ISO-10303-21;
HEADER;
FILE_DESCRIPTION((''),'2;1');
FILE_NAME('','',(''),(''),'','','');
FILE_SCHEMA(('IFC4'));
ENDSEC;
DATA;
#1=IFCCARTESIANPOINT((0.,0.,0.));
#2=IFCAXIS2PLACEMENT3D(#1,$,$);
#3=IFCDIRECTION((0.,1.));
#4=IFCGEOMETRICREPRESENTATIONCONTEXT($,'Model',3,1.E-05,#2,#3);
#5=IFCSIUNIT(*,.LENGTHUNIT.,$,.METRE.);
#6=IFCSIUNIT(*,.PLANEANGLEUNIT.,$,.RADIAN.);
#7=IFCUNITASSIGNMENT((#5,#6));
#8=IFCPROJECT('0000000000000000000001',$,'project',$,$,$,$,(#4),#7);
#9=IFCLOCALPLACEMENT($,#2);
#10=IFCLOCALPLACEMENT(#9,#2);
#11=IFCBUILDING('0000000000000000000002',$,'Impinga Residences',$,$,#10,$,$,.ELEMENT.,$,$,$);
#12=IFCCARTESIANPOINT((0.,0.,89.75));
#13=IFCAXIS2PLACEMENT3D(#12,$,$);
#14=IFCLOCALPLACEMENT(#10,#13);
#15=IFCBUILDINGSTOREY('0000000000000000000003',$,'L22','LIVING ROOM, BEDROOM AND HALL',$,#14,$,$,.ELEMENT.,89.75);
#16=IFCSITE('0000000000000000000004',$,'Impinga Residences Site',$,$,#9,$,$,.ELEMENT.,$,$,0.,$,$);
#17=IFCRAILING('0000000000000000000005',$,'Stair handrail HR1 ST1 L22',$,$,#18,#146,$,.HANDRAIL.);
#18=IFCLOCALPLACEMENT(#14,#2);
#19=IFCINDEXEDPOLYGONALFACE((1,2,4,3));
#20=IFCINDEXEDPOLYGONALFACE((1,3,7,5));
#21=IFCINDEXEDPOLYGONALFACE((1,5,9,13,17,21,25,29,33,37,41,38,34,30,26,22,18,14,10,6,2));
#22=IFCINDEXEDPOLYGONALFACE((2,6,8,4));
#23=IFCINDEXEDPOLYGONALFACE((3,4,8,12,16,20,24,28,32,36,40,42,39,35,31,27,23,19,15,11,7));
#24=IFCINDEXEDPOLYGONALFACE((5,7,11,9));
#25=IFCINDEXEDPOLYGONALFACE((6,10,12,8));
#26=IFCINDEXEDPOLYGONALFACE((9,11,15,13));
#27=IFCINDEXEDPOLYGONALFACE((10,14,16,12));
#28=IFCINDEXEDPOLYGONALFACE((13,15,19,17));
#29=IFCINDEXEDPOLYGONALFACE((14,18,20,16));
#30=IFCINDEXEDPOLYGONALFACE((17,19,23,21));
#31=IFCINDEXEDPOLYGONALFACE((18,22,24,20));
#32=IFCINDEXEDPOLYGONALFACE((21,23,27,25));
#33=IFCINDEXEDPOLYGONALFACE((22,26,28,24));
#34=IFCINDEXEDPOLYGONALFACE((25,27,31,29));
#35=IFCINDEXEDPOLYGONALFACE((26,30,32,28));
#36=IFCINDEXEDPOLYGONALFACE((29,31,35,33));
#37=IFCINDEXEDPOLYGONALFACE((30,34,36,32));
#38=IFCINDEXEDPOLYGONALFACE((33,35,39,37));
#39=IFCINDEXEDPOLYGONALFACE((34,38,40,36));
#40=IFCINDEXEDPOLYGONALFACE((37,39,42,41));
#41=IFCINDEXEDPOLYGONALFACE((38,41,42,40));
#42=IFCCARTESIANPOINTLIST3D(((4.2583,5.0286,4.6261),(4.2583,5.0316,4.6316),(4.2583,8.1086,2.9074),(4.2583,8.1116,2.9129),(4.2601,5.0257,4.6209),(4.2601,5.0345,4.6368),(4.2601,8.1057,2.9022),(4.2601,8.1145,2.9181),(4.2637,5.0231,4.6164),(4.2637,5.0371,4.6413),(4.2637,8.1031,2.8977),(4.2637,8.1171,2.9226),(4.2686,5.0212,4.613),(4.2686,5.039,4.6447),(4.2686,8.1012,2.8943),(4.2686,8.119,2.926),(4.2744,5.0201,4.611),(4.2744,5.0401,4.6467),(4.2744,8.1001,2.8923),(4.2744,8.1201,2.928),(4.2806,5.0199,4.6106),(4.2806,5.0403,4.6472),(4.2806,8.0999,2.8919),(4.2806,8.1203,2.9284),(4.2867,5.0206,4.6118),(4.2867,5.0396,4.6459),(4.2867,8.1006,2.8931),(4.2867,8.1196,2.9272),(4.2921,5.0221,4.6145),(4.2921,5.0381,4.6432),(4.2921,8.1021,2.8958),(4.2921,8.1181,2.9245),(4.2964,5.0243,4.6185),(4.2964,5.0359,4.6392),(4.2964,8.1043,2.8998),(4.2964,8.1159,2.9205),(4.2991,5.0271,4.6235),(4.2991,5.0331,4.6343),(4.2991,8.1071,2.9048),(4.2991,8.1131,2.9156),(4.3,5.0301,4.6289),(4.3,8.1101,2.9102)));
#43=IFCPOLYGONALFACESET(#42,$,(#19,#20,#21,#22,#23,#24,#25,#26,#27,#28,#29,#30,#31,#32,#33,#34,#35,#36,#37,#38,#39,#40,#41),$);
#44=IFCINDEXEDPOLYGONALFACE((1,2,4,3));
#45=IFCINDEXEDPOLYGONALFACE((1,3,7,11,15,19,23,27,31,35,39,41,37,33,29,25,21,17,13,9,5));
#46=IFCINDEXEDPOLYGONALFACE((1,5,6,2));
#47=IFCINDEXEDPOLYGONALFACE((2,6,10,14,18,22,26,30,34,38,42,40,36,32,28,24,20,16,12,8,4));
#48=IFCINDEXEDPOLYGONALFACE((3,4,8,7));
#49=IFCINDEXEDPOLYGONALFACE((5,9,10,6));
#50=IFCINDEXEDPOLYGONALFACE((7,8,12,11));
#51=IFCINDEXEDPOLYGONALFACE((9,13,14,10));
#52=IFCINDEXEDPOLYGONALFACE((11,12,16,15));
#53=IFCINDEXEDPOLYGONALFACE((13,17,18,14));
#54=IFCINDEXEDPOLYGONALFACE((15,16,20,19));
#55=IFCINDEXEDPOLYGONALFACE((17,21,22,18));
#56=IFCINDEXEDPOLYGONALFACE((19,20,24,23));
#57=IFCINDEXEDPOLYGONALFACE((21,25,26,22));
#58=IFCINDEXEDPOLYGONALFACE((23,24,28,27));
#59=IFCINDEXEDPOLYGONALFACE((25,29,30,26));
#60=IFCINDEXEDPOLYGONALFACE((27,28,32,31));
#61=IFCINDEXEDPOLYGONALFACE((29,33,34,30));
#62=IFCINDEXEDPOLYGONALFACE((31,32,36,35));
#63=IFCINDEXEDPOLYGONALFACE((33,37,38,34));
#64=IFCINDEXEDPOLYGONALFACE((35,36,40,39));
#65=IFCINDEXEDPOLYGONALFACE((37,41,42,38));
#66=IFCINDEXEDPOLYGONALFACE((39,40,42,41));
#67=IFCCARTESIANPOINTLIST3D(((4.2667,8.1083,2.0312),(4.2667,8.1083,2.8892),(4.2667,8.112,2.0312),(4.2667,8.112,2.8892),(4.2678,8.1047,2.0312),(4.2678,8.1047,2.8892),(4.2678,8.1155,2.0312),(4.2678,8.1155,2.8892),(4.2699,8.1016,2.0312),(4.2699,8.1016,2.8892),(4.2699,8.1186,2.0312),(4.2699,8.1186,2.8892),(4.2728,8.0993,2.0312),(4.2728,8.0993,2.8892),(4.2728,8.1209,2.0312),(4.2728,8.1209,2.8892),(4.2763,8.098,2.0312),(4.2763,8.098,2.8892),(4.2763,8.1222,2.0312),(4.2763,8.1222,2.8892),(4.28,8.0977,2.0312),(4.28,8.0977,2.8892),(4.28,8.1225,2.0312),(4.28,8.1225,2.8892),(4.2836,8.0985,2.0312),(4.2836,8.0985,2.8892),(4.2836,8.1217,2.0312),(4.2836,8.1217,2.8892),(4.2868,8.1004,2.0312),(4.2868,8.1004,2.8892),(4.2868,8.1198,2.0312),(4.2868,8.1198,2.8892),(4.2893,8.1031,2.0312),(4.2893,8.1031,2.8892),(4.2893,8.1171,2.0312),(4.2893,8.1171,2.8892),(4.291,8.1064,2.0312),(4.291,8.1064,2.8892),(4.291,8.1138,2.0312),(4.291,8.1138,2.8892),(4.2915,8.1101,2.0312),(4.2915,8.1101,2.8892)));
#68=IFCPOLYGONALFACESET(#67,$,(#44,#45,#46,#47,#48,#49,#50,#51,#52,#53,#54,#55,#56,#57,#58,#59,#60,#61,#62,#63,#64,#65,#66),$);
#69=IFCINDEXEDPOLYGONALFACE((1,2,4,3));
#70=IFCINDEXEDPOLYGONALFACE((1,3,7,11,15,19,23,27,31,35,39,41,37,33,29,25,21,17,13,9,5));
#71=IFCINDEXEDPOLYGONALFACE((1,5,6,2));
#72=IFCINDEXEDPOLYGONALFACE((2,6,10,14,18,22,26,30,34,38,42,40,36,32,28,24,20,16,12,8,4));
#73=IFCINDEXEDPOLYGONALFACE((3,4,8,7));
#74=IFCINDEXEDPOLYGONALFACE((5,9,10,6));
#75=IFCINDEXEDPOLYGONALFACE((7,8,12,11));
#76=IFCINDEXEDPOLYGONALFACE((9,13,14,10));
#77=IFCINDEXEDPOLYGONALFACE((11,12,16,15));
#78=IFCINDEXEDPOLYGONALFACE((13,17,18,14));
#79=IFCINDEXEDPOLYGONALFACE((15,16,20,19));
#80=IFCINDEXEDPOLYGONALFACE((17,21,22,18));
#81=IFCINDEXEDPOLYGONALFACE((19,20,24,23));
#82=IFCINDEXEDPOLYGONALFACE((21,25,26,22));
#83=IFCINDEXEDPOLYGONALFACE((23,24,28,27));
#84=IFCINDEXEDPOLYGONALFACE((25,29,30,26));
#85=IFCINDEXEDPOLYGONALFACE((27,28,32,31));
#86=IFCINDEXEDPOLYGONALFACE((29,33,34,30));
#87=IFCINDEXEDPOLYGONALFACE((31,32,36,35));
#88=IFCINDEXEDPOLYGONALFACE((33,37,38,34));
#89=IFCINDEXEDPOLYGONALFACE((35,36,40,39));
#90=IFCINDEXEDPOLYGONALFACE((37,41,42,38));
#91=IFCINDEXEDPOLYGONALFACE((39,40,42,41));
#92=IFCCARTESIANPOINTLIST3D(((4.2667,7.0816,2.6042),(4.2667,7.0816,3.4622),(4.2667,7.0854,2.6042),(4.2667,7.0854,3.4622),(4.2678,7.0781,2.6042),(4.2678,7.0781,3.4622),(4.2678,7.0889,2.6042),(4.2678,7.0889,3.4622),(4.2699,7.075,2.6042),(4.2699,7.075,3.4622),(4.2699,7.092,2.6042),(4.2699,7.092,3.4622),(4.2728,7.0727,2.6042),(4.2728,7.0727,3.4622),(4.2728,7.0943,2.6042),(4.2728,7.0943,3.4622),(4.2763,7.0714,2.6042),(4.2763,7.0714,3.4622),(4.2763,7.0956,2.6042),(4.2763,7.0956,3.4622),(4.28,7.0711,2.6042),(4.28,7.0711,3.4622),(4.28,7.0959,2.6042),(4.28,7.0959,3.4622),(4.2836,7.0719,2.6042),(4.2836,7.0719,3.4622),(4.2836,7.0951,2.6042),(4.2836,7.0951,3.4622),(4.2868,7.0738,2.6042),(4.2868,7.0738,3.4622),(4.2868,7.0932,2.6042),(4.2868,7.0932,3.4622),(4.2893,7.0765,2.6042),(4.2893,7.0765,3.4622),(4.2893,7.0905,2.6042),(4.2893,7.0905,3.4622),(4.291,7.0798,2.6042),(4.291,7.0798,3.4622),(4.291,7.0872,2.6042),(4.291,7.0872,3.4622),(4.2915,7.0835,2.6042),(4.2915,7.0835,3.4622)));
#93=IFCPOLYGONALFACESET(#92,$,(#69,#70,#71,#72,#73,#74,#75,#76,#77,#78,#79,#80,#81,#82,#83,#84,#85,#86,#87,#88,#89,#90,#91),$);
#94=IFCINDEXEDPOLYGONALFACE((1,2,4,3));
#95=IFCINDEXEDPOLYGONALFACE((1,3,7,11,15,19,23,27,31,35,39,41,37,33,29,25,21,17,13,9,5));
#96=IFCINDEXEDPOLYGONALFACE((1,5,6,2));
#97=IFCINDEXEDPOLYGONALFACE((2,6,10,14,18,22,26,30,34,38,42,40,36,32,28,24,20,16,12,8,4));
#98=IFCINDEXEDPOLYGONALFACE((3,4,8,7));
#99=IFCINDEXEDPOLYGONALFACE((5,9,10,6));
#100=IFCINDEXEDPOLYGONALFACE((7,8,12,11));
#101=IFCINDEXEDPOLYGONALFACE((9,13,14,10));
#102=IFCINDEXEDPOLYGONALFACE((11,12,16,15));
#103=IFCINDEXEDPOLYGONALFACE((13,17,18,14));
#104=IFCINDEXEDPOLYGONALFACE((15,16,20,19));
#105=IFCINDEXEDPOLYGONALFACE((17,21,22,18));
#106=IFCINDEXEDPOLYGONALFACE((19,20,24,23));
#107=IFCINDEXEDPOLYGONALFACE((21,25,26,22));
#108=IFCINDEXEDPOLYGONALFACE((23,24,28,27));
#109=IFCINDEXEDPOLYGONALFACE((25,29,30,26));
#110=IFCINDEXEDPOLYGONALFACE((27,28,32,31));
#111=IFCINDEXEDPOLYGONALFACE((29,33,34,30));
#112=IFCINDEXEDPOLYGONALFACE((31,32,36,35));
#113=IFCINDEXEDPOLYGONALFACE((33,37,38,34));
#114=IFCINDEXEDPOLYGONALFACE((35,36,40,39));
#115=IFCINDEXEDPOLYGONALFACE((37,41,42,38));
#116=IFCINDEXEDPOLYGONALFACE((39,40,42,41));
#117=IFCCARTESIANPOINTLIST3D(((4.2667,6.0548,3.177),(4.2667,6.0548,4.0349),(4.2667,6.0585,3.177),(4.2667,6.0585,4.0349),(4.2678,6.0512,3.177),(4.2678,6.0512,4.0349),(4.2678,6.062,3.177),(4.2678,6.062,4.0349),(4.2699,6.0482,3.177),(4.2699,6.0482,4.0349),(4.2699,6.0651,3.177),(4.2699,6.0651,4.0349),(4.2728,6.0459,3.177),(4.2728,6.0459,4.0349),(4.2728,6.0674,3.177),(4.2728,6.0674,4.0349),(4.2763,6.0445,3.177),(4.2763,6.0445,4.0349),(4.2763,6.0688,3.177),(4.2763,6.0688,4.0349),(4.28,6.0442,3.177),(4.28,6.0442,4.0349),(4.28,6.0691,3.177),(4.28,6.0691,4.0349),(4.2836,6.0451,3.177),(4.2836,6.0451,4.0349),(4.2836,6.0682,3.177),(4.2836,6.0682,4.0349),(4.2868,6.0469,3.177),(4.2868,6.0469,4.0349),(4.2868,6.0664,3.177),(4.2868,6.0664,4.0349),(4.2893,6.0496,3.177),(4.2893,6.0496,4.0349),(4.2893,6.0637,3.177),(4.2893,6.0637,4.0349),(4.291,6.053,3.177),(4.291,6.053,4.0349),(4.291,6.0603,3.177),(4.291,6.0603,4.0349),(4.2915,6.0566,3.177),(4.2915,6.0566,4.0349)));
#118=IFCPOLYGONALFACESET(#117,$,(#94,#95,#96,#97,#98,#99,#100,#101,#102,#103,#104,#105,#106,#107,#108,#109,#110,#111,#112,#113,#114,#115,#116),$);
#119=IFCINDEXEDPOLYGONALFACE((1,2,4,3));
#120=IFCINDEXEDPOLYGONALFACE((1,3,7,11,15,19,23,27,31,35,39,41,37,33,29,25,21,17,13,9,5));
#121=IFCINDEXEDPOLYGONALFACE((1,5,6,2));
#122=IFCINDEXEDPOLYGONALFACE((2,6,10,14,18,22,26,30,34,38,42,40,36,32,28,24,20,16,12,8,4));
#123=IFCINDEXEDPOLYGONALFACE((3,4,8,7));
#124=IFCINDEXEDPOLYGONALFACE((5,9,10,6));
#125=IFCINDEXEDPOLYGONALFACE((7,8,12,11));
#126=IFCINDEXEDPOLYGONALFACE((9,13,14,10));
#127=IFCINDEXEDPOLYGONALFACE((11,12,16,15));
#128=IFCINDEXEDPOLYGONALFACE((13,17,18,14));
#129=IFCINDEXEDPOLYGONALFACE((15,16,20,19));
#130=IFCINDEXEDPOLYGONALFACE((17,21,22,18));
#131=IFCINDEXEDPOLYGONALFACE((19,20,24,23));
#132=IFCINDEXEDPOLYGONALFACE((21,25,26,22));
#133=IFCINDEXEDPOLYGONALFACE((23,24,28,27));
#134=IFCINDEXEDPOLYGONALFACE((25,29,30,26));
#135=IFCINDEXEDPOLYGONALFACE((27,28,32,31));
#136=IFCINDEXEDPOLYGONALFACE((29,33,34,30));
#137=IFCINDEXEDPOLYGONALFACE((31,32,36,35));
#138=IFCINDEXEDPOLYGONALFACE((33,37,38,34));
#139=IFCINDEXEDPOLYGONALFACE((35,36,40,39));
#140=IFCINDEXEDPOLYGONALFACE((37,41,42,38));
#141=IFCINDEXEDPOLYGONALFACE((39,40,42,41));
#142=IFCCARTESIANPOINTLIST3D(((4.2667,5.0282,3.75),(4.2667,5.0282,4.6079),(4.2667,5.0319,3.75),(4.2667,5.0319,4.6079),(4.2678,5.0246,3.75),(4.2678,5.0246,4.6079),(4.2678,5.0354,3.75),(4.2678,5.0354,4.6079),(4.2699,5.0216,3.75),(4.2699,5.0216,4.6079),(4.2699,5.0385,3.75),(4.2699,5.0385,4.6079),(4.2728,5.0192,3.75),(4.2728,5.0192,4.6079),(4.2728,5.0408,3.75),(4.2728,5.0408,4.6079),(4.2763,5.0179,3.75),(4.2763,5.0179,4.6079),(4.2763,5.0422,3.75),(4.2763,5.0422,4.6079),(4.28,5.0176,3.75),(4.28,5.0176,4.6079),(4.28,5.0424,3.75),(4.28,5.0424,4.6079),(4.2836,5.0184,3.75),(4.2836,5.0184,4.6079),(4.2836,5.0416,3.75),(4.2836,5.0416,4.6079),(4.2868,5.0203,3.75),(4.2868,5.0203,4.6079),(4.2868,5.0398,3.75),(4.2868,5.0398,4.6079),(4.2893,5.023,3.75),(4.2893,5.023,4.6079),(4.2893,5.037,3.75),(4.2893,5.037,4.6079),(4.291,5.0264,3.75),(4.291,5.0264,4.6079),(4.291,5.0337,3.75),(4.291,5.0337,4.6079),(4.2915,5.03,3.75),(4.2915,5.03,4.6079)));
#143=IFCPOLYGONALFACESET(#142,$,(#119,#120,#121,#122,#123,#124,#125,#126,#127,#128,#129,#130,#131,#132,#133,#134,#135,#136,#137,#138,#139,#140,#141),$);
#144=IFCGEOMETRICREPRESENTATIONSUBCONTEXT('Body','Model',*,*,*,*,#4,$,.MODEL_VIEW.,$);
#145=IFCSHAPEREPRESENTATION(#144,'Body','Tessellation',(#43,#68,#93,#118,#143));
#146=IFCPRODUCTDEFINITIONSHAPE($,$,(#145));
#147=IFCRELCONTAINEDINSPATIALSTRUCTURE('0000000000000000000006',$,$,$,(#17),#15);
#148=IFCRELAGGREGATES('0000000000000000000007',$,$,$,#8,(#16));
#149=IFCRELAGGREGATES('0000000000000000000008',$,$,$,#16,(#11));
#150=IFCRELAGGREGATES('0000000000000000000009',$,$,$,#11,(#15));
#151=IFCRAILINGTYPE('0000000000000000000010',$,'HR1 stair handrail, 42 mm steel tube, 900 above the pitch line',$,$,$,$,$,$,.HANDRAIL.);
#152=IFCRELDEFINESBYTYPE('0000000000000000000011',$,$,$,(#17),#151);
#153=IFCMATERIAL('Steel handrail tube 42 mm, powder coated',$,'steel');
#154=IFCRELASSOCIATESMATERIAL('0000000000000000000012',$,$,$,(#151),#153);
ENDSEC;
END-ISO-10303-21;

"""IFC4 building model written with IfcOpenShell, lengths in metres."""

from ifc_helpers import new_model, si_unit, direction, frame, origin, origin_2d, place, context, subcontext, project, spatial, circle, extrude, material, type_object, element, save


model = new_model("IFC4")

# Units and contexts
model_context = context("Model", 3, precision=1e-05, world=origin(), true_north=direction((0.0, 1.0)))
body_context = subcontext(model_context, "Body", "Model", "MODEL_VIEW")
ifc_project = project(units=[si_unit("LENGTHUNIT", "METRE"), si_unit("PLANEANGLEUNIT", "RADIAN")], contexts=[model_context])

# Site, building, storey
site_placement = place(None, origin())
site = spatial("IfcSite", under=ifc_project, at=site_placement, Name="Impinga Residences Site", CompositionType="ELEMENT", RefElevation=0.0)
building_placement = place(site_placement, origin())
building = spatial("IfcBuilding", under=site, at=building_placement, Name="Impinga Residences", CompositionType="ELEMENT")
storey_placement = place(building_placement, frame((0.0, 0.0, 89.75)))
storey = spatial("IfcBuildingStorey", under=building, at=storey_placement, Name="L22", Description="LIVING ROOM, BEDROOM AND HALL", CompositionType="ELEMENT", Elevation=89.75)

# Railing
ifc_material_1 = material(Name="Steel handrail tube 42 mm, powder coated", Category="steel")
railing_type_1 = type_object("IfcRailingType", Name="HR1 stair handrail, 42 mm steel tube, 900 above the pitch line", PredefinedType="HANDRAIL", material=ifc_material_1)
railing_1_placement = place(storey_placement, frame((4.2791, 8.1101, 2.0312)))
element("IfcRailing", 1, at=railing_1_placement, inside=storey, type_object=railing_type_1, Name="Stair handrail HR1 ST1 L22", PredefinedType="HANDRAIL", context=body_context, shape_type="SweptSolid", body=[
    extrude(circle(Radius=0.021, at=origin_2d()), frame((0.0, 0.0, 0.8789), z_axis=(0.0, -0.873242, 0.487288), x_axis=(1.0, 0.0, 0.0)), (0.0, 0.0, 1.0), 3.5271),
    extrude(circle(Radius=0.0125, at=origin_2d()), origin(), (0.0, 0.0, 1.0), 0.8579),
    extrude(circle(Radius=0.0125, at=origin_2d()), frame((0.0, -1.0266, 0.573)), (0.0, 0.0, 1.0), 0.8579),
    extrude(circle(Radius=0.0125, at=origin_2d()), frame((0.0, -2.0535, 1.1458)), (0.0, 0.0, 1.0), 0.8579),
    extrude(circle(Radius=0.0125, at=origin_2d()), frame((0.0, -3.0801, 1.7188)), (0.0, 0.0, 1.0), 0.8579),
])

save(model, "model.ifc")
